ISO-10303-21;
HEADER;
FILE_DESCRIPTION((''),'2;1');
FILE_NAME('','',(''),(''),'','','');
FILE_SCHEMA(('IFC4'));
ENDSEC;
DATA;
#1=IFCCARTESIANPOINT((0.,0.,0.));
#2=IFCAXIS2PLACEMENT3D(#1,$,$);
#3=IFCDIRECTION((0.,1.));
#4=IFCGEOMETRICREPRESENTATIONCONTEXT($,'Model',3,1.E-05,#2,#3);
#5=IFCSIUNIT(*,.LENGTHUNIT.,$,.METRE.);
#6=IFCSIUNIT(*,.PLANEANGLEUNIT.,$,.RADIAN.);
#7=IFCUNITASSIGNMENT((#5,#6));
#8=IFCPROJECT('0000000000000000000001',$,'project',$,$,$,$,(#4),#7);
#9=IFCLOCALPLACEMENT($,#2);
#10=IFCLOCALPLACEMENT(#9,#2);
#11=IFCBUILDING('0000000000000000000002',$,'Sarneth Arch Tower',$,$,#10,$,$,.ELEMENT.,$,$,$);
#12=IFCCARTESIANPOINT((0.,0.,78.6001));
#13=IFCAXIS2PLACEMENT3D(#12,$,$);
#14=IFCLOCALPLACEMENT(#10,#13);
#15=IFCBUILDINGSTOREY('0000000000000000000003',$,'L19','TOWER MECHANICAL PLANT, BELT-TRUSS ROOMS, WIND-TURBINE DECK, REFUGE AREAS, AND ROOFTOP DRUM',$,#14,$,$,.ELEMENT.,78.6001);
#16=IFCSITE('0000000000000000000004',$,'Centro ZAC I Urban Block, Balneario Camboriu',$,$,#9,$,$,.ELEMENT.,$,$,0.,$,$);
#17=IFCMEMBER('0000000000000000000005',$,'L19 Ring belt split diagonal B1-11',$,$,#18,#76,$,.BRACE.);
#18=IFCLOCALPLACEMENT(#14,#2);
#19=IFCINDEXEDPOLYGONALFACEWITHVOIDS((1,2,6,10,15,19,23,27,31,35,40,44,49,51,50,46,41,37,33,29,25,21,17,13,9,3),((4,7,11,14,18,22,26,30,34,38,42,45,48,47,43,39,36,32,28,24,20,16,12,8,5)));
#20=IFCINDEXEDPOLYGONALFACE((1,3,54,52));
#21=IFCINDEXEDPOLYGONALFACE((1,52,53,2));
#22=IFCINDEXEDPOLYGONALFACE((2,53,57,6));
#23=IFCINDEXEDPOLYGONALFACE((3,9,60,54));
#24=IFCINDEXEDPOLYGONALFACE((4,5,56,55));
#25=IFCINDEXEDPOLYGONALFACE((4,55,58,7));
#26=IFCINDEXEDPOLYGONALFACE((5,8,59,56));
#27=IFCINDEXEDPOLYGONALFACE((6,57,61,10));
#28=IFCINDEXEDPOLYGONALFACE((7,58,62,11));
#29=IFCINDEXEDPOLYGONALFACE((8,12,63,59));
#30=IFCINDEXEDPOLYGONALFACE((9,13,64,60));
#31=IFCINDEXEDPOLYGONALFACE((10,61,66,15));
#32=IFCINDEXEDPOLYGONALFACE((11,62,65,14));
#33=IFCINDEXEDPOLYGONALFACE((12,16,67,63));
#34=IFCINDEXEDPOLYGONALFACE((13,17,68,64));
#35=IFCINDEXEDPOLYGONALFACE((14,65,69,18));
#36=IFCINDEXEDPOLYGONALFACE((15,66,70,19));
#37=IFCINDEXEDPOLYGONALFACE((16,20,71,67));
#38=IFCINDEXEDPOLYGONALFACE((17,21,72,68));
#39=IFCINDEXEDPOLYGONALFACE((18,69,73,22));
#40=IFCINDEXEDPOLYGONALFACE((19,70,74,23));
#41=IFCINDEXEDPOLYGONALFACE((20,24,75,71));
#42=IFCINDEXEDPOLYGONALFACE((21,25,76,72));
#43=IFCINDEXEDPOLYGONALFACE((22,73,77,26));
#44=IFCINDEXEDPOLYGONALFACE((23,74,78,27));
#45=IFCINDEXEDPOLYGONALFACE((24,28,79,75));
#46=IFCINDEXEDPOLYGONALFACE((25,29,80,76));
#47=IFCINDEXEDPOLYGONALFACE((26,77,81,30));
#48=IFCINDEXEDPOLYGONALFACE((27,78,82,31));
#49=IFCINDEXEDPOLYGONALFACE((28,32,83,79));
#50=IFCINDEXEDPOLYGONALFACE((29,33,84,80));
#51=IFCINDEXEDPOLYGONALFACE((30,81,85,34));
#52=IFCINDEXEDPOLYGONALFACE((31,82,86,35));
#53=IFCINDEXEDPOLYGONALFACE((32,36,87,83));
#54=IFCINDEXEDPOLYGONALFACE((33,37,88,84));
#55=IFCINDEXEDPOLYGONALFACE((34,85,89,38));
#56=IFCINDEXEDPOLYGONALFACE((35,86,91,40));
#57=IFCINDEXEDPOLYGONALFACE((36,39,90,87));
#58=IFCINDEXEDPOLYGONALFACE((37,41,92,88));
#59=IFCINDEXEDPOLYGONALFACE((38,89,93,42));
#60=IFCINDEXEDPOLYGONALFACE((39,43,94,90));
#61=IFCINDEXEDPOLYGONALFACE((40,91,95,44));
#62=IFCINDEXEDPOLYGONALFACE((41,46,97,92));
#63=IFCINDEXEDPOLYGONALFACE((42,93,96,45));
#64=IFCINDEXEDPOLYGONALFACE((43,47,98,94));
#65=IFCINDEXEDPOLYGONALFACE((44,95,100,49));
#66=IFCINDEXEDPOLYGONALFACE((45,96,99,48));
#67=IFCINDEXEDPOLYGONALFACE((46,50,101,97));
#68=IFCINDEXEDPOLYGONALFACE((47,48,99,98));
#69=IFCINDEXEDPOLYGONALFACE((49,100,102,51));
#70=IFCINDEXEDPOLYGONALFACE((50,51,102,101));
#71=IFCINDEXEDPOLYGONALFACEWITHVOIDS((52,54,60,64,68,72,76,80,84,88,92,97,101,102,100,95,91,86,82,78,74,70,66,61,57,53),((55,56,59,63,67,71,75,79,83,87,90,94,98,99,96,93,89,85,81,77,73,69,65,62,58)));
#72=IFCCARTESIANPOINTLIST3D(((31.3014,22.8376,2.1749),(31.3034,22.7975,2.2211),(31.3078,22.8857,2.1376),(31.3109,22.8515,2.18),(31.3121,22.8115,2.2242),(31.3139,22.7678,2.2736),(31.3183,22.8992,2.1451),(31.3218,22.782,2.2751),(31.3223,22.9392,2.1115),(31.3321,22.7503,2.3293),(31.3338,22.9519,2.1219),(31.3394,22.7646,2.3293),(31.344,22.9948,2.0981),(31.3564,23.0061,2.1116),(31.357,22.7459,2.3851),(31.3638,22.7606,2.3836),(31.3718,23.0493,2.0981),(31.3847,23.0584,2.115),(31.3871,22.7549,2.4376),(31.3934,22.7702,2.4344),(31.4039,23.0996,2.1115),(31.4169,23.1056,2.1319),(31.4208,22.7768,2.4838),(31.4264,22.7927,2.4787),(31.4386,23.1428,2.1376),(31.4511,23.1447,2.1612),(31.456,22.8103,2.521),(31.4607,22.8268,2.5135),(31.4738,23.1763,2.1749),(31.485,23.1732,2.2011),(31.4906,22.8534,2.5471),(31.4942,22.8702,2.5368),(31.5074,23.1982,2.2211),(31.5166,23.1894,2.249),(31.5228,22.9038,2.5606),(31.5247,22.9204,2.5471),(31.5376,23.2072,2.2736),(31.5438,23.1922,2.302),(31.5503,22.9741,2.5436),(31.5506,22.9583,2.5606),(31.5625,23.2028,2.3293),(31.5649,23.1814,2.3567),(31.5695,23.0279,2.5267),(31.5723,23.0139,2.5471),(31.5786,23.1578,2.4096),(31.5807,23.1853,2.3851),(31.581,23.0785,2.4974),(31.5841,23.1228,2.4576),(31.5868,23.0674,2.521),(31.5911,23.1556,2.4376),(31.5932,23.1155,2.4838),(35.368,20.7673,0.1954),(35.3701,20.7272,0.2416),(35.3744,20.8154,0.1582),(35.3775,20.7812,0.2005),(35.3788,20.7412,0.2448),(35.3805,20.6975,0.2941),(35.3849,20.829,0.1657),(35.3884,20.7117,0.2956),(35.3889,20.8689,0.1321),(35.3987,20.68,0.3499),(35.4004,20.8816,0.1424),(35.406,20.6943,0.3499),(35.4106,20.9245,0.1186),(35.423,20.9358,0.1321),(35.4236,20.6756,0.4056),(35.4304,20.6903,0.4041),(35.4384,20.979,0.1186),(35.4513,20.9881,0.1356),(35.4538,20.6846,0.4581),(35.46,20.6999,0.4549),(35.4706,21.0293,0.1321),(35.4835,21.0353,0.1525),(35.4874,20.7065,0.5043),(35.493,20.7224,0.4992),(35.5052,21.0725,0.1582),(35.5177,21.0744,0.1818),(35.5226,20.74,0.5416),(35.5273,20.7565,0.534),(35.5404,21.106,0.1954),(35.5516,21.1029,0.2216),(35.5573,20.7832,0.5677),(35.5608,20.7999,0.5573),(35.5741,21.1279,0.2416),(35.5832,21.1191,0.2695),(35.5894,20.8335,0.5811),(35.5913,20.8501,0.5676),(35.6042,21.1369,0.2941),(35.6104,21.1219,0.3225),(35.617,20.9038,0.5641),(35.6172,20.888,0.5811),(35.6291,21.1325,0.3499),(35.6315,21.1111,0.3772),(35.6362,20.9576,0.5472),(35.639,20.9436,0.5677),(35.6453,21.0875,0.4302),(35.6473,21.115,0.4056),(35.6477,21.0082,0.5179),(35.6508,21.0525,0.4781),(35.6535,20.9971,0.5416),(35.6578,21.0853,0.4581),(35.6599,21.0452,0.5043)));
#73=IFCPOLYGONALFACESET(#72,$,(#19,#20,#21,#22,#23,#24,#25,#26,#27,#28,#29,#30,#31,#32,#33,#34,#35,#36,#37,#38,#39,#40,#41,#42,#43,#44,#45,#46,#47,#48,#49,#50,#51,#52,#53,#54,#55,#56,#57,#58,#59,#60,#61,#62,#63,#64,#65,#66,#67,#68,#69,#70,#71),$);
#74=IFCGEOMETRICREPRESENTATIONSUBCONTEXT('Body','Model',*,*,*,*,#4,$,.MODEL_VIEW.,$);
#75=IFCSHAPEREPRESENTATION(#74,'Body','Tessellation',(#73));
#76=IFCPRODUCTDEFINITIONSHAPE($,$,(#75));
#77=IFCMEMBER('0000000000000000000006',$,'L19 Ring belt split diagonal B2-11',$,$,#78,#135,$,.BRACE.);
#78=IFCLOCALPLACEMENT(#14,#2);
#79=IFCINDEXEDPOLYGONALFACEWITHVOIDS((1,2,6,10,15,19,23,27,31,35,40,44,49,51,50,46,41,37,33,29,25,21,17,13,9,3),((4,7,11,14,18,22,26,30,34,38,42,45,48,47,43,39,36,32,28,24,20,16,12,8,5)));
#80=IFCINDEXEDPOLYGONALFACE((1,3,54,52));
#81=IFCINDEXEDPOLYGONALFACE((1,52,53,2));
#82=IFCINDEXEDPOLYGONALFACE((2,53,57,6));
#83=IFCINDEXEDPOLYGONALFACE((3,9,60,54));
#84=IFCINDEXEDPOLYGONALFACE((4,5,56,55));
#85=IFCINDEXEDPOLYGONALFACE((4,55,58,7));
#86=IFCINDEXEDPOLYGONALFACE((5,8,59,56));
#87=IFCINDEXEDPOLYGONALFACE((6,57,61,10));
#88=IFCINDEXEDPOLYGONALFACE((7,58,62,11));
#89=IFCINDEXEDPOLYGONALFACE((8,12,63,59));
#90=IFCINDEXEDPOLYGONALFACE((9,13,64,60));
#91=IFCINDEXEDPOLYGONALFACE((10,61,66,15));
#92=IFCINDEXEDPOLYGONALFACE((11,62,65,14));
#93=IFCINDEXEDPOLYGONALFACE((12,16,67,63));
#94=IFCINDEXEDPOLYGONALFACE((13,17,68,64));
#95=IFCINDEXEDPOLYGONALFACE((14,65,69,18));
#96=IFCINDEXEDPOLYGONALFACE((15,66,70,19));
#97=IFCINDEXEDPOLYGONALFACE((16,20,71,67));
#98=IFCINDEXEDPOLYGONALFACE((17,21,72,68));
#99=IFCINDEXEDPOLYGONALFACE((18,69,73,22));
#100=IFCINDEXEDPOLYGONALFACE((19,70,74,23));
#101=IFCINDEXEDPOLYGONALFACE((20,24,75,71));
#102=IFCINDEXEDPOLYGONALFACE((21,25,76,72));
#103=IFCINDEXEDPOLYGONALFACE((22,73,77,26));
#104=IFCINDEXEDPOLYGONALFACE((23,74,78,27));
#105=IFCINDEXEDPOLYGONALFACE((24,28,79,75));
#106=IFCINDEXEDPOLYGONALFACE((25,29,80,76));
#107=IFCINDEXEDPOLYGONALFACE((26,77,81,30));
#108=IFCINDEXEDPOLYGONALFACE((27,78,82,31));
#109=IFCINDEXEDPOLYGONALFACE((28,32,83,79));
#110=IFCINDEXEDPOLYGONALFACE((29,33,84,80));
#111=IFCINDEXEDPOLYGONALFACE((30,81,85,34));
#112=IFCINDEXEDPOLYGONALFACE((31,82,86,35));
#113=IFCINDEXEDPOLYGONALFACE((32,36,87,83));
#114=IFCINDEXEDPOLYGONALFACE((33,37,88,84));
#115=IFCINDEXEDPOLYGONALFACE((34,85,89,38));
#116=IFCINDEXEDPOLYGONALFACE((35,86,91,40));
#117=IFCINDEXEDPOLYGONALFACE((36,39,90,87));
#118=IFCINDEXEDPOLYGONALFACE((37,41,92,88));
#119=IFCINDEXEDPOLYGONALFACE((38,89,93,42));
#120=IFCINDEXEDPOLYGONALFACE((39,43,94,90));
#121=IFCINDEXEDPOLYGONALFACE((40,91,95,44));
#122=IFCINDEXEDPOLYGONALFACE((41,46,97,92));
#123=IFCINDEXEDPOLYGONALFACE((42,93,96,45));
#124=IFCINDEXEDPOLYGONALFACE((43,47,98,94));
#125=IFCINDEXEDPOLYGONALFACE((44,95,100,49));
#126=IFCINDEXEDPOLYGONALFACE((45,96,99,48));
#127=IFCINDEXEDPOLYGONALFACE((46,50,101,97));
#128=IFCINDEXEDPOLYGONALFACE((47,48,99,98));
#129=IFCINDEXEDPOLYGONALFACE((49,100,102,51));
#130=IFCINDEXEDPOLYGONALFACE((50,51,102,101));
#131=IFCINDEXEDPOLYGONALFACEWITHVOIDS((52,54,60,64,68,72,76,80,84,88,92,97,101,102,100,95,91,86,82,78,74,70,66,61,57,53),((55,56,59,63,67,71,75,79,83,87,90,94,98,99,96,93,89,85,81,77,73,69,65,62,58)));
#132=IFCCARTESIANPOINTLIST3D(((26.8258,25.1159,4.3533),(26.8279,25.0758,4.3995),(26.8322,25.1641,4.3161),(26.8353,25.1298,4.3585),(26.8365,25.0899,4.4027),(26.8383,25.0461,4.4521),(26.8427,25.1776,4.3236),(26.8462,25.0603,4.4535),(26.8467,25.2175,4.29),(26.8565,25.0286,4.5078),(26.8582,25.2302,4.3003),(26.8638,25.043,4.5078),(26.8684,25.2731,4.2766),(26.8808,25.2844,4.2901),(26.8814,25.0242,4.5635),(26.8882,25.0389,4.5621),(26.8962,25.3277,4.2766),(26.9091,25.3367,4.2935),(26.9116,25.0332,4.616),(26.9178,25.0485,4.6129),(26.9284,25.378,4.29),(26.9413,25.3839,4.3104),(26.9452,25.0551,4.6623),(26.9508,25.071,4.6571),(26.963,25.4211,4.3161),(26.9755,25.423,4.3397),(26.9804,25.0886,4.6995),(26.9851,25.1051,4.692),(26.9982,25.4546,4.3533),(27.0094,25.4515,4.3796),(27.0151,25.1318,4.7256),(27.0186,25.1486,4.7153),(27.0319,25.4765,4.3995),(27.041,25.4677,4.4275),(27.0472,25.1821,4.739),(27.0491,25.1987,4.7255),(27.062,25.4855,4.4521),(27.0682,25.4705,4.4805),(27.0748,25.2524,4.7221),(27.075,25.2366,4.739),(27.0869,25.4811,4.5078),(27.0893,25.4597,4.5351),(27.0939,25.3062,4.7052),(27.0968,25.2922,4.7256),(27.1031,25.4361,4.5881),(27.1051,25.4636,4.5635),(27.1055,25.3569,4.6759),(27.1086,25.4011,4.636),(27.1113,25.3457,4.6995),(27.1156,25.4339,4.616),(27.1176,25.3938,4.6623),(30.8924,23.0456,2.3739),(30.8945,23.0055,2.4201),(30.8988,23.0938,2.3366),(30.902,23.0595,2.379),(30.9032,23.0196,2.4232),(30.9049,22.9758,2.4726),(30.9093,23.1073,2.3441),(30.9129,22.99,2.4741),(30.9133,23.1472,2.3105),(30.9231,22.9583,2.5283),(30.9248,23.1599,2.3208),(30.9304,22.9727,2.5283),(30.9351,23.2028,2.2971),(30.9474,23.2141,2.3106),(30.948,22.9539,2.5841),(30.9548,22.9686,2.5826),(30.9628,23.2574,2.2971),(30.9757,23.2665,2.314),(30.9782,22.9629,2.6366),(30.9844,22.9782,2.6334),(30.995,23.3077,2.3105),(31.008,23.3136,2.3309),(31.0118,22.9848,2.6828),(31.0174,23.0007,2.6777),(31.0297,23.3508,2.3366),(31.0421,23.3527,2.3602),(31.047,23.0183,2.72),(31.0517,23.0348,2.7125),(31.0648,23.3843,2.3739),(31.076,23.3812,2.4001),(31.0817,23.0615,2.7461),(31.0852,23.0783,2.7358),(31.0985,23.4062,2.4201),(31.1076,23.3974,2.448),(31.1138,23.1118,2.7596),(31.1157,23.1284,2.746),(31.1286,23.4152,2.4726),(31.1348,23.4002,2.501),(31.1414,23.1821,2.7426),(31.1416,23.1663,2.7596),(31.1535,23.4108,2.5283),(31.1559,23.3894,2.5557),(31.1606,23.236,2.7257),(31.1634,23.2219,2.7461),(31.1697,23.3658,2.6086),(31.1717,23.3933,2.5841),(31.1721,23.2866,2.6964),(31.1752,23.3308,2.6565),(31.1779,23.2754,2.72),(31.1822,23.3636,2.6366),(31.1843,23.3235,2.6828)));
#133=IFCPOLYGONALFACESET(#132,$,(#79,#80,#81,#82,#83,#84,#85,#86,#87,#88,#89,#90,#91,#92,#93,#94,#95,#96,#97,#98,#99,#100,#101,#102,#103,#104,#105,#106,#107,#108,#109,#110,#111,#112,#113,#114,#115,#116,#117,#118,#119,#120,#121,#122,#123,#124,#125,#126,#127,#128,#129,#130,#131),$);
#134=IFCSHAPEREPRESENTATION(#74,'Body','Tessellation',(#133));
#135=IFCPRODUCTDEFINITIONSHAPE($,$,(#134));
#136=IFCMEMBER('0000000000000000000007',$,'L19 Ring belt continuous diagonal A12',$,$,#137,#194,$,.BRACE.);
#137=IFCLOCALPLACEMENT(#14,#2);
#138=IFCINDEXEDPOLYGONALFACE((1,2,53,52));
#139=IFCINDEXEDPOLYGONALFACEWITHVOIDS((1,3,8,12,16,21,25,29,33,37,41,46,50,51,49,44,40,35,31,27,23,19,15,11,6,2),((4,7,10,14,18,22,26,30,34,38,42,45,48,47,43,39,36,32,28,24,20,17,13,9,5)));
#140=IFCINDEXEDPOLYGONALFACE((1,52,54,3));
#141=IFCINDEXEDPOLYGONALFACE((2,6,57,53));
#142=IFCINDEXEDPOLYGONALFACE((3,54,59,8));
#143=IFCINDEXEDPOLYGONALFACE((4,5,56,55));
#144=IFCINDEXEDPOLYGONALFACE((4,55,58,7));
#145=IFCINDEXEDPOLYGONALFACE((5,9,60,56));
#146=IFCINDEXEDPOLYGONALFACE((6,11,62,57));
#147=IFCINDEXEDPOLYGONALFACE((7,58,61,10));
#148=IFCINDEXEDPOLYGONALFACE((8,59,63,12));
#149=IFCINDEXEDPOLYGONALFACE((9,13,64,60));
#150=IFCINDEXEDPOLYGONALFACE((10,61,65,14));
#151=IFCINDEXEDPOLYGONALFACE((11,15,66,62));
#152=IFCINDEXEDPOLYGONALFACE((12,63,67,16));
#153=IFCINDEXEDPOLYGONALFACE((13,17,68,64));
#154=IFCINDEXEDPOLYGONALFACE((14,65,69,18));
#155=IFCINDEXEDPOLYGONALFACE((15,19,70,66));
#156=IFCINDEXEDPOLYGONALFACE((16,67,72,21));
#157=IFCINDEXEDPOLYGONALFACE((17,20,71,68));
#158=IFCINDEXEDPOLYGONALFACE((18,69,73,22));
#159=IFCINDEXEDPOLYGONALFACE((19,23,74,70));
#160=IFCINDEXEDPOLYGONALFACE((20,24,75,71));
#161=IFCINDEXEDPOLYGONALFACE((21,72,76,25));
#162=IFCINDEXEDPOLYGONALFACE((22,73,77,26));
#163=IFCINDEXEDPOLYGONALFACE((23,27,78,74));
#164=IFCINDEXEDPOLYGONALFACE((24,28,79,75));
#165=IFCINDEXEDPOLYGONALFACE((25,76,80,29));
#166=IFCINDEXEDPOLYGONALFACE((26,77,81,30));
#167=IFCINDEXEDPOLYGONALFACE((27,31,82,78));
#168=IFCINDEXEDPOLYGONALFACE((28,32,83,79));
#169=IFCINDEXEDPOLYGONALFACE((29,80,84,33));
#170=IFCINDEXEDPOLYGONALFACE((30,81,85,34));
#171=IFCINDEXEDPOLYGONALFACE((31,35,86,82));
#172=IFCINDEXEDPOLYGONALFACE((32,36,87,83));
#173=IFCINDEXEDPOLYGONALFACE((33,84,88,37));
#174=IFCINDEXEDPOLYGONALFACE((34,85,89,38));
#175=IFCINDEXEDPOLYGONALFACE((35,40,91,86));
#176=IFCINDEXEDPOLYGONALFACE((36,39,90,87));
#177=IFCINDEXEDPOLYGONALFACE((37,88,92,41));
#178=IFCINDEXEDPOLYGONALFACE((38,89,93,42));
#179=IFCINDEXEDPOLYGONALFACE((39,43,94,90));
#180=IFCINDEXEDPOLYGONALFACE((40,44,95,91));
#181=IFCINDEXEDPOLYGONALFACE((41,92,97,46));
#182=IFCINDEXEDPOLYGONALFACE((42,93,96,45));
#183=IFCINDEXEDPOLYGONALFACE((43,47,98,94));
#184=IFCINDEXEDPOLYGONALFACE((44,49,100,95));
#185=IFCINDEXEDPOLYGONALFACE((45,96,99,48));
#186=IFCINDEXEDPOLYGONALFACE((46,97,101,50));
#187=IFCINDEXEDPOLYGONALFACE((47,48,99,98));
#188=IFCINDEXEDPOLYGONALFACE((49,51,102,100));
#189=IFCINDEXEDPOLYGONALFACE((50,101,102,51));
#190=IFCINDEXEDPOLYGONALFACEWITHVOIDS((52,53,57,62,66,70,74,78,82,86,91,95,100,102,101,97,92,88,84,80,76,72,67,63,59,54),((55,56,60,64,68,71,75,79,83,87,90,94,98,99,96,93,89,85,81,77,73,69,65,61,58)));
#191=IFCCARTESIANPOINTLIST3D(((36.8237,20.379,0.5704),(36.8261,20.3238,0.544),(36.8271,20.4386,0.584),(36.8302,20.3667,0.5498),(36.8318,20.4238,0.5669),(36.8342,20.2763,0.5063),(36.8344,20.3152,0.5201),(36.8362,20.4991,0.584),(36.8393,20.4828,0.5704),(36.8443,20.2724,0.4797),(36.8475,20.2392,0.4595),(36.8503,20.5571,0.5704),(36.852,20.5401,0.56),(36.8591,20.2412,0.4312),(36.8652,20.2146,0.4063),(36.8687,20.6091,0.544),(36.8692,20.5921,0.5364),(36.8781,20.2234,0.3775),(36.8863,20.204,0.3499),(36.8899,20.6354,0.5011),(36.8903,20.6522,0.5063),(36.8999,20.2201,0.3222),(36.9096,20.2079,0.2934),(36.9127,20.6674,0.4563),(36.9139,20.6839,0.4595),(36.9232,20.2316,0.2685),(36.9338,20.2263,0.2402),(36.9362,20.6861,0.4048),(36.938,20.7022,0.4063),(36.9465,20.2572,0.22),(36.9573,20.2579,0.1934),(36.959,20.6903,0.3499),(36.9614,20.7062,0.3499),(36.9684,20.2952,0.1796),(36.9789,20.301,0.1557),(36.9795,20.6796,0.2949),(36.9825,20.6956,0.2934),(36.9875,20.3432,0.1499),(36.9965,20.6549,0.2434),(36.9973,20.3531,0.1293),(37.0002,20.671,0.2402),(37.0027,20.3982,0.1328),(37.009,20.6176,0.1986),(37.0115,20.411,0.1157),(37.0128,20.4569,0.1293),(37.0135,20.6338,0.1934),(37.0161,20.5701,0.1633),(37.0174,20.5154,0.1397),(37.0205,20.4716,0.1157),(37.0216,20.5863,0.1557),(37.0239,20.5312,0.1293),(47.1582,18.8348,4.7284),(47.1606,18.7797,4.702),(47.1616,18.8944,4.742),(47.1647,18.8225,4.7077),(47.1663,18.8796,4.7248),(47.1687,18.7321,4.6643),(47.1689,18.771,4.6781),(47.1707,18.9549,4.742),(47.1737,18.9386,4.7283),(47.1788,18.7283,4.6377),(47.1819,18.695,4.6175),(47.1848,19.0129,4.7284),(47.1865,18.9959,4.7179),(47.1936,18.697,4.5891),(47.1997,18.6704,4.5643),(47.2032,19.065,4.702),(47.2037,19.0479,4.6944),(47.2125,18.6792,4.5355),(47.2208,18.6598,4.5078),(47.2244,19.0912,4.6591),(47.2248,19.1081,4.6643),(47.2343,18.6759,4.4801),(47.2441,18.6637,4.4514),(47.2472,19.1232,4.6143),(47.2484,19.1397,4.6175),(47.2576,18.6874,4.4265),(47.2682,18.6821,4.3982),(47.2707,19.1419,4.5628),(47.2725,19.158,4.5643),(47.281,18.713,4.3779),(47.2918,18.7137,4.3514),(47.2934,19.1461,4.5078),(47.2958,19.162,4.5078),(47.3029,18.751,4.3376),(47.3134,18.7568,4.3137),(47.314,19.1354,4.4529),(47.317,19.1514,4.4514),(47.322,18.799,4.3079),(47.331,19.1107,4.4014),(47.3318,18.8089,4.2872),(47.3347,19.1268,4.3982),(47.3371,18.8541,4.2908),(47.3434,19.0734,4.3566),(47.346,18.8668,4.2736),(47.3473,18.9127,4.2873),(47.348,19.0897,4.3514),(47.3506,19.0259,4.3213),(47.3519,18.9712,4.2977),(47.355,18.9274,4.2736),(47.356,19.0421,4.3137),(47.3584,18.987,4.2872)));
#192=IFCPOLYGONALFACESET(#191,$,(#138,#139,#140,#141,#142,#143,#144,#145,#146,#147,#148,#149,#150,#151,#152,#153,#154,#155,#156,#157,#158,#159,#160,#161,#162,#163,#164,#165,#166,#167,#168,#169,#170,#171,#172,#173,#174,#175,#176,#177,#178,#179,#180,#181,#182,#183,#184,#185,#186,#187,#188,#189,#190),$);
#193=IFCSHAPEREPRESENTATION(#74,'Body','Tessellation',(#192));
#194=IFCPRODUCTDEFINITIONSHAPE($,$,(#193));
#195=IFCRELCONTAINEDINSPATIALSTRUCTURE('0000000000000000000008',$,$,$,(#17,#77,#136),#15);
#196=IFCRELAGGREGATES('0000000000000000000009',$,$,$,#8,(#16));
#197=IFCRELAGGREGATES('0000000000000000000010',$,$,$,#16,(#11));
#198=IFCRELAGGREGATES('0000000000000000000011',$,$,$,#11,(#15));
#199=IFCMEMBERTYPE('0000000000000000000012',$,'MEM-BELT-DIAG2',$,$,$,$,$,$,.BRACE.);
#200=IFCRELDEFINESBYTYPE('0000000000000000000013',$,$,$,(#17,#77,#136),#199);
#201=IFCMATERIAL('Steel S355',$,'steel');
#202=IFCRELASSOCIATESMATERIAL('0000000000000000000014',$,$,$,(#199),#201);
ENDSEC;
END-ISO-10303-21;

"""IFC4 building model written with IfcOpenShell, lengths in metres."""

from ifc_helpers import new_model, si_unit, direction, frame, origin, origin_2d, place, context, subcontext, project, spatial, hollow_circle, extrude, material, material_profile, profile_set, type_object, element, save


model = new_model("IFC4")

# Units and contexts
model_context = context("Model", 3, precision=1e-05, world=origin(), true_north=direction((0.0, 1.0)))
body_context = subcontext(model_context, "Body", "Model", "MODEL_VIEW")
ifc_project = project(units=[si_unit("LENGTHUNIT", "METRE"), si_unit("PLANEANGLEUNIT", "RADIAN")], contexts=[model_context])

# Site, building, storey
site_placement = place(None, origin())
site = spatial("IfcSite", under=ifc_project, at=site_placement, Name="Centro ZAC I Urban Block, Balneario Camboriu", CompositionType="ELEMENT", RefElevation=0.0)
building_placement = place(site_placement, origin())
building = spatial("IfcBuilding", under=site, at=building_placement, Name="Sarneth Arch Tower", CompositionType="ELEMENT")
storey_placement = place(building_placement, frame((0.0, 0.0, 78.6001)))
storey = spatial("IfcBuildingStorey", under=building, at=storey_placement, Name="L19", Description="TOWER MECHANICAL PLANT, BELT-TRUSS ROOMS, WIND-TURBINE DECK, REFUGE AREAS, AND ROOFTOP DRUM", CompositionType="ELEMENT", Elevation=78.6001)

# Members
ifc_material_1 = material(Name="Steel S355", Category="steel")
ifc_material_profile_1 = material_profile(ifc_material_1, hollow_circle(Radius=0.2539, WallThickness=0.0161, at=origin_2d()), Name="CHS508x16")
ifc_profile_set_1 = profile_set([ifc_material_profile_1], Name="Steel S355")
member_type_1 = type_object("IfcMemberType", Name="MEM-BELT-DIAG2", PredefinedType="BRACE", material=ifc_profile_set_1)
for number, where, z_axis, x_axis, name in (
    (1, (35.5139, 20.9062, 0.3499), (-0.817556, 0.416214, 0.397955), (-0.453686, -0.891162, 0.0), "L19 Ring belt split diagonal B1-11"),
    (2, (31.0383, 23.1846, 2.5283), (-0.817556, 0.416214, 0.397955), (-0.453686, -0.891162, 0.0), "L19 Ring belt split diagonal B2-11"),
):
    element("IfcMember", number, at=place(storey_placement, frame(where, z_axis=z_axis, x_axis=x_axis)), inside=storey, type_object=member_type_1, Name=name, PredefinedType="BRACE", context=body_context, shape_type="SweptSolid", body=[
        extrude(hollow_circle(Radius=0.2539, WallThickness=0.0161, at=origin_2d()), origin(), (0.0, 0.0, 1.0), 4.9741),
    ])
member_1_placement = place(storey_placement, frame((36.9238, 20.4551, 0.3499), z_axis=(0.918939, -0.137309, 0.369725), x_axis=(0.147781, 0.98902, 0.0)))
element("IfcMember", 3, at=member_1_placement, inside=storey, type_object=member_type_1, Name="L19 Ring belt continuous diagonal A12", PredefinedType="BRACE", context=body_context, shape_type="SweptSolid", body=[
    extrude(hollow_circle(Radius=0.2539, WallThickness=0.0161, at=origin_2d()), origin(), (0.0, 0.0, 1.0), 11.2461),
])

save(model, "model.ifc")
